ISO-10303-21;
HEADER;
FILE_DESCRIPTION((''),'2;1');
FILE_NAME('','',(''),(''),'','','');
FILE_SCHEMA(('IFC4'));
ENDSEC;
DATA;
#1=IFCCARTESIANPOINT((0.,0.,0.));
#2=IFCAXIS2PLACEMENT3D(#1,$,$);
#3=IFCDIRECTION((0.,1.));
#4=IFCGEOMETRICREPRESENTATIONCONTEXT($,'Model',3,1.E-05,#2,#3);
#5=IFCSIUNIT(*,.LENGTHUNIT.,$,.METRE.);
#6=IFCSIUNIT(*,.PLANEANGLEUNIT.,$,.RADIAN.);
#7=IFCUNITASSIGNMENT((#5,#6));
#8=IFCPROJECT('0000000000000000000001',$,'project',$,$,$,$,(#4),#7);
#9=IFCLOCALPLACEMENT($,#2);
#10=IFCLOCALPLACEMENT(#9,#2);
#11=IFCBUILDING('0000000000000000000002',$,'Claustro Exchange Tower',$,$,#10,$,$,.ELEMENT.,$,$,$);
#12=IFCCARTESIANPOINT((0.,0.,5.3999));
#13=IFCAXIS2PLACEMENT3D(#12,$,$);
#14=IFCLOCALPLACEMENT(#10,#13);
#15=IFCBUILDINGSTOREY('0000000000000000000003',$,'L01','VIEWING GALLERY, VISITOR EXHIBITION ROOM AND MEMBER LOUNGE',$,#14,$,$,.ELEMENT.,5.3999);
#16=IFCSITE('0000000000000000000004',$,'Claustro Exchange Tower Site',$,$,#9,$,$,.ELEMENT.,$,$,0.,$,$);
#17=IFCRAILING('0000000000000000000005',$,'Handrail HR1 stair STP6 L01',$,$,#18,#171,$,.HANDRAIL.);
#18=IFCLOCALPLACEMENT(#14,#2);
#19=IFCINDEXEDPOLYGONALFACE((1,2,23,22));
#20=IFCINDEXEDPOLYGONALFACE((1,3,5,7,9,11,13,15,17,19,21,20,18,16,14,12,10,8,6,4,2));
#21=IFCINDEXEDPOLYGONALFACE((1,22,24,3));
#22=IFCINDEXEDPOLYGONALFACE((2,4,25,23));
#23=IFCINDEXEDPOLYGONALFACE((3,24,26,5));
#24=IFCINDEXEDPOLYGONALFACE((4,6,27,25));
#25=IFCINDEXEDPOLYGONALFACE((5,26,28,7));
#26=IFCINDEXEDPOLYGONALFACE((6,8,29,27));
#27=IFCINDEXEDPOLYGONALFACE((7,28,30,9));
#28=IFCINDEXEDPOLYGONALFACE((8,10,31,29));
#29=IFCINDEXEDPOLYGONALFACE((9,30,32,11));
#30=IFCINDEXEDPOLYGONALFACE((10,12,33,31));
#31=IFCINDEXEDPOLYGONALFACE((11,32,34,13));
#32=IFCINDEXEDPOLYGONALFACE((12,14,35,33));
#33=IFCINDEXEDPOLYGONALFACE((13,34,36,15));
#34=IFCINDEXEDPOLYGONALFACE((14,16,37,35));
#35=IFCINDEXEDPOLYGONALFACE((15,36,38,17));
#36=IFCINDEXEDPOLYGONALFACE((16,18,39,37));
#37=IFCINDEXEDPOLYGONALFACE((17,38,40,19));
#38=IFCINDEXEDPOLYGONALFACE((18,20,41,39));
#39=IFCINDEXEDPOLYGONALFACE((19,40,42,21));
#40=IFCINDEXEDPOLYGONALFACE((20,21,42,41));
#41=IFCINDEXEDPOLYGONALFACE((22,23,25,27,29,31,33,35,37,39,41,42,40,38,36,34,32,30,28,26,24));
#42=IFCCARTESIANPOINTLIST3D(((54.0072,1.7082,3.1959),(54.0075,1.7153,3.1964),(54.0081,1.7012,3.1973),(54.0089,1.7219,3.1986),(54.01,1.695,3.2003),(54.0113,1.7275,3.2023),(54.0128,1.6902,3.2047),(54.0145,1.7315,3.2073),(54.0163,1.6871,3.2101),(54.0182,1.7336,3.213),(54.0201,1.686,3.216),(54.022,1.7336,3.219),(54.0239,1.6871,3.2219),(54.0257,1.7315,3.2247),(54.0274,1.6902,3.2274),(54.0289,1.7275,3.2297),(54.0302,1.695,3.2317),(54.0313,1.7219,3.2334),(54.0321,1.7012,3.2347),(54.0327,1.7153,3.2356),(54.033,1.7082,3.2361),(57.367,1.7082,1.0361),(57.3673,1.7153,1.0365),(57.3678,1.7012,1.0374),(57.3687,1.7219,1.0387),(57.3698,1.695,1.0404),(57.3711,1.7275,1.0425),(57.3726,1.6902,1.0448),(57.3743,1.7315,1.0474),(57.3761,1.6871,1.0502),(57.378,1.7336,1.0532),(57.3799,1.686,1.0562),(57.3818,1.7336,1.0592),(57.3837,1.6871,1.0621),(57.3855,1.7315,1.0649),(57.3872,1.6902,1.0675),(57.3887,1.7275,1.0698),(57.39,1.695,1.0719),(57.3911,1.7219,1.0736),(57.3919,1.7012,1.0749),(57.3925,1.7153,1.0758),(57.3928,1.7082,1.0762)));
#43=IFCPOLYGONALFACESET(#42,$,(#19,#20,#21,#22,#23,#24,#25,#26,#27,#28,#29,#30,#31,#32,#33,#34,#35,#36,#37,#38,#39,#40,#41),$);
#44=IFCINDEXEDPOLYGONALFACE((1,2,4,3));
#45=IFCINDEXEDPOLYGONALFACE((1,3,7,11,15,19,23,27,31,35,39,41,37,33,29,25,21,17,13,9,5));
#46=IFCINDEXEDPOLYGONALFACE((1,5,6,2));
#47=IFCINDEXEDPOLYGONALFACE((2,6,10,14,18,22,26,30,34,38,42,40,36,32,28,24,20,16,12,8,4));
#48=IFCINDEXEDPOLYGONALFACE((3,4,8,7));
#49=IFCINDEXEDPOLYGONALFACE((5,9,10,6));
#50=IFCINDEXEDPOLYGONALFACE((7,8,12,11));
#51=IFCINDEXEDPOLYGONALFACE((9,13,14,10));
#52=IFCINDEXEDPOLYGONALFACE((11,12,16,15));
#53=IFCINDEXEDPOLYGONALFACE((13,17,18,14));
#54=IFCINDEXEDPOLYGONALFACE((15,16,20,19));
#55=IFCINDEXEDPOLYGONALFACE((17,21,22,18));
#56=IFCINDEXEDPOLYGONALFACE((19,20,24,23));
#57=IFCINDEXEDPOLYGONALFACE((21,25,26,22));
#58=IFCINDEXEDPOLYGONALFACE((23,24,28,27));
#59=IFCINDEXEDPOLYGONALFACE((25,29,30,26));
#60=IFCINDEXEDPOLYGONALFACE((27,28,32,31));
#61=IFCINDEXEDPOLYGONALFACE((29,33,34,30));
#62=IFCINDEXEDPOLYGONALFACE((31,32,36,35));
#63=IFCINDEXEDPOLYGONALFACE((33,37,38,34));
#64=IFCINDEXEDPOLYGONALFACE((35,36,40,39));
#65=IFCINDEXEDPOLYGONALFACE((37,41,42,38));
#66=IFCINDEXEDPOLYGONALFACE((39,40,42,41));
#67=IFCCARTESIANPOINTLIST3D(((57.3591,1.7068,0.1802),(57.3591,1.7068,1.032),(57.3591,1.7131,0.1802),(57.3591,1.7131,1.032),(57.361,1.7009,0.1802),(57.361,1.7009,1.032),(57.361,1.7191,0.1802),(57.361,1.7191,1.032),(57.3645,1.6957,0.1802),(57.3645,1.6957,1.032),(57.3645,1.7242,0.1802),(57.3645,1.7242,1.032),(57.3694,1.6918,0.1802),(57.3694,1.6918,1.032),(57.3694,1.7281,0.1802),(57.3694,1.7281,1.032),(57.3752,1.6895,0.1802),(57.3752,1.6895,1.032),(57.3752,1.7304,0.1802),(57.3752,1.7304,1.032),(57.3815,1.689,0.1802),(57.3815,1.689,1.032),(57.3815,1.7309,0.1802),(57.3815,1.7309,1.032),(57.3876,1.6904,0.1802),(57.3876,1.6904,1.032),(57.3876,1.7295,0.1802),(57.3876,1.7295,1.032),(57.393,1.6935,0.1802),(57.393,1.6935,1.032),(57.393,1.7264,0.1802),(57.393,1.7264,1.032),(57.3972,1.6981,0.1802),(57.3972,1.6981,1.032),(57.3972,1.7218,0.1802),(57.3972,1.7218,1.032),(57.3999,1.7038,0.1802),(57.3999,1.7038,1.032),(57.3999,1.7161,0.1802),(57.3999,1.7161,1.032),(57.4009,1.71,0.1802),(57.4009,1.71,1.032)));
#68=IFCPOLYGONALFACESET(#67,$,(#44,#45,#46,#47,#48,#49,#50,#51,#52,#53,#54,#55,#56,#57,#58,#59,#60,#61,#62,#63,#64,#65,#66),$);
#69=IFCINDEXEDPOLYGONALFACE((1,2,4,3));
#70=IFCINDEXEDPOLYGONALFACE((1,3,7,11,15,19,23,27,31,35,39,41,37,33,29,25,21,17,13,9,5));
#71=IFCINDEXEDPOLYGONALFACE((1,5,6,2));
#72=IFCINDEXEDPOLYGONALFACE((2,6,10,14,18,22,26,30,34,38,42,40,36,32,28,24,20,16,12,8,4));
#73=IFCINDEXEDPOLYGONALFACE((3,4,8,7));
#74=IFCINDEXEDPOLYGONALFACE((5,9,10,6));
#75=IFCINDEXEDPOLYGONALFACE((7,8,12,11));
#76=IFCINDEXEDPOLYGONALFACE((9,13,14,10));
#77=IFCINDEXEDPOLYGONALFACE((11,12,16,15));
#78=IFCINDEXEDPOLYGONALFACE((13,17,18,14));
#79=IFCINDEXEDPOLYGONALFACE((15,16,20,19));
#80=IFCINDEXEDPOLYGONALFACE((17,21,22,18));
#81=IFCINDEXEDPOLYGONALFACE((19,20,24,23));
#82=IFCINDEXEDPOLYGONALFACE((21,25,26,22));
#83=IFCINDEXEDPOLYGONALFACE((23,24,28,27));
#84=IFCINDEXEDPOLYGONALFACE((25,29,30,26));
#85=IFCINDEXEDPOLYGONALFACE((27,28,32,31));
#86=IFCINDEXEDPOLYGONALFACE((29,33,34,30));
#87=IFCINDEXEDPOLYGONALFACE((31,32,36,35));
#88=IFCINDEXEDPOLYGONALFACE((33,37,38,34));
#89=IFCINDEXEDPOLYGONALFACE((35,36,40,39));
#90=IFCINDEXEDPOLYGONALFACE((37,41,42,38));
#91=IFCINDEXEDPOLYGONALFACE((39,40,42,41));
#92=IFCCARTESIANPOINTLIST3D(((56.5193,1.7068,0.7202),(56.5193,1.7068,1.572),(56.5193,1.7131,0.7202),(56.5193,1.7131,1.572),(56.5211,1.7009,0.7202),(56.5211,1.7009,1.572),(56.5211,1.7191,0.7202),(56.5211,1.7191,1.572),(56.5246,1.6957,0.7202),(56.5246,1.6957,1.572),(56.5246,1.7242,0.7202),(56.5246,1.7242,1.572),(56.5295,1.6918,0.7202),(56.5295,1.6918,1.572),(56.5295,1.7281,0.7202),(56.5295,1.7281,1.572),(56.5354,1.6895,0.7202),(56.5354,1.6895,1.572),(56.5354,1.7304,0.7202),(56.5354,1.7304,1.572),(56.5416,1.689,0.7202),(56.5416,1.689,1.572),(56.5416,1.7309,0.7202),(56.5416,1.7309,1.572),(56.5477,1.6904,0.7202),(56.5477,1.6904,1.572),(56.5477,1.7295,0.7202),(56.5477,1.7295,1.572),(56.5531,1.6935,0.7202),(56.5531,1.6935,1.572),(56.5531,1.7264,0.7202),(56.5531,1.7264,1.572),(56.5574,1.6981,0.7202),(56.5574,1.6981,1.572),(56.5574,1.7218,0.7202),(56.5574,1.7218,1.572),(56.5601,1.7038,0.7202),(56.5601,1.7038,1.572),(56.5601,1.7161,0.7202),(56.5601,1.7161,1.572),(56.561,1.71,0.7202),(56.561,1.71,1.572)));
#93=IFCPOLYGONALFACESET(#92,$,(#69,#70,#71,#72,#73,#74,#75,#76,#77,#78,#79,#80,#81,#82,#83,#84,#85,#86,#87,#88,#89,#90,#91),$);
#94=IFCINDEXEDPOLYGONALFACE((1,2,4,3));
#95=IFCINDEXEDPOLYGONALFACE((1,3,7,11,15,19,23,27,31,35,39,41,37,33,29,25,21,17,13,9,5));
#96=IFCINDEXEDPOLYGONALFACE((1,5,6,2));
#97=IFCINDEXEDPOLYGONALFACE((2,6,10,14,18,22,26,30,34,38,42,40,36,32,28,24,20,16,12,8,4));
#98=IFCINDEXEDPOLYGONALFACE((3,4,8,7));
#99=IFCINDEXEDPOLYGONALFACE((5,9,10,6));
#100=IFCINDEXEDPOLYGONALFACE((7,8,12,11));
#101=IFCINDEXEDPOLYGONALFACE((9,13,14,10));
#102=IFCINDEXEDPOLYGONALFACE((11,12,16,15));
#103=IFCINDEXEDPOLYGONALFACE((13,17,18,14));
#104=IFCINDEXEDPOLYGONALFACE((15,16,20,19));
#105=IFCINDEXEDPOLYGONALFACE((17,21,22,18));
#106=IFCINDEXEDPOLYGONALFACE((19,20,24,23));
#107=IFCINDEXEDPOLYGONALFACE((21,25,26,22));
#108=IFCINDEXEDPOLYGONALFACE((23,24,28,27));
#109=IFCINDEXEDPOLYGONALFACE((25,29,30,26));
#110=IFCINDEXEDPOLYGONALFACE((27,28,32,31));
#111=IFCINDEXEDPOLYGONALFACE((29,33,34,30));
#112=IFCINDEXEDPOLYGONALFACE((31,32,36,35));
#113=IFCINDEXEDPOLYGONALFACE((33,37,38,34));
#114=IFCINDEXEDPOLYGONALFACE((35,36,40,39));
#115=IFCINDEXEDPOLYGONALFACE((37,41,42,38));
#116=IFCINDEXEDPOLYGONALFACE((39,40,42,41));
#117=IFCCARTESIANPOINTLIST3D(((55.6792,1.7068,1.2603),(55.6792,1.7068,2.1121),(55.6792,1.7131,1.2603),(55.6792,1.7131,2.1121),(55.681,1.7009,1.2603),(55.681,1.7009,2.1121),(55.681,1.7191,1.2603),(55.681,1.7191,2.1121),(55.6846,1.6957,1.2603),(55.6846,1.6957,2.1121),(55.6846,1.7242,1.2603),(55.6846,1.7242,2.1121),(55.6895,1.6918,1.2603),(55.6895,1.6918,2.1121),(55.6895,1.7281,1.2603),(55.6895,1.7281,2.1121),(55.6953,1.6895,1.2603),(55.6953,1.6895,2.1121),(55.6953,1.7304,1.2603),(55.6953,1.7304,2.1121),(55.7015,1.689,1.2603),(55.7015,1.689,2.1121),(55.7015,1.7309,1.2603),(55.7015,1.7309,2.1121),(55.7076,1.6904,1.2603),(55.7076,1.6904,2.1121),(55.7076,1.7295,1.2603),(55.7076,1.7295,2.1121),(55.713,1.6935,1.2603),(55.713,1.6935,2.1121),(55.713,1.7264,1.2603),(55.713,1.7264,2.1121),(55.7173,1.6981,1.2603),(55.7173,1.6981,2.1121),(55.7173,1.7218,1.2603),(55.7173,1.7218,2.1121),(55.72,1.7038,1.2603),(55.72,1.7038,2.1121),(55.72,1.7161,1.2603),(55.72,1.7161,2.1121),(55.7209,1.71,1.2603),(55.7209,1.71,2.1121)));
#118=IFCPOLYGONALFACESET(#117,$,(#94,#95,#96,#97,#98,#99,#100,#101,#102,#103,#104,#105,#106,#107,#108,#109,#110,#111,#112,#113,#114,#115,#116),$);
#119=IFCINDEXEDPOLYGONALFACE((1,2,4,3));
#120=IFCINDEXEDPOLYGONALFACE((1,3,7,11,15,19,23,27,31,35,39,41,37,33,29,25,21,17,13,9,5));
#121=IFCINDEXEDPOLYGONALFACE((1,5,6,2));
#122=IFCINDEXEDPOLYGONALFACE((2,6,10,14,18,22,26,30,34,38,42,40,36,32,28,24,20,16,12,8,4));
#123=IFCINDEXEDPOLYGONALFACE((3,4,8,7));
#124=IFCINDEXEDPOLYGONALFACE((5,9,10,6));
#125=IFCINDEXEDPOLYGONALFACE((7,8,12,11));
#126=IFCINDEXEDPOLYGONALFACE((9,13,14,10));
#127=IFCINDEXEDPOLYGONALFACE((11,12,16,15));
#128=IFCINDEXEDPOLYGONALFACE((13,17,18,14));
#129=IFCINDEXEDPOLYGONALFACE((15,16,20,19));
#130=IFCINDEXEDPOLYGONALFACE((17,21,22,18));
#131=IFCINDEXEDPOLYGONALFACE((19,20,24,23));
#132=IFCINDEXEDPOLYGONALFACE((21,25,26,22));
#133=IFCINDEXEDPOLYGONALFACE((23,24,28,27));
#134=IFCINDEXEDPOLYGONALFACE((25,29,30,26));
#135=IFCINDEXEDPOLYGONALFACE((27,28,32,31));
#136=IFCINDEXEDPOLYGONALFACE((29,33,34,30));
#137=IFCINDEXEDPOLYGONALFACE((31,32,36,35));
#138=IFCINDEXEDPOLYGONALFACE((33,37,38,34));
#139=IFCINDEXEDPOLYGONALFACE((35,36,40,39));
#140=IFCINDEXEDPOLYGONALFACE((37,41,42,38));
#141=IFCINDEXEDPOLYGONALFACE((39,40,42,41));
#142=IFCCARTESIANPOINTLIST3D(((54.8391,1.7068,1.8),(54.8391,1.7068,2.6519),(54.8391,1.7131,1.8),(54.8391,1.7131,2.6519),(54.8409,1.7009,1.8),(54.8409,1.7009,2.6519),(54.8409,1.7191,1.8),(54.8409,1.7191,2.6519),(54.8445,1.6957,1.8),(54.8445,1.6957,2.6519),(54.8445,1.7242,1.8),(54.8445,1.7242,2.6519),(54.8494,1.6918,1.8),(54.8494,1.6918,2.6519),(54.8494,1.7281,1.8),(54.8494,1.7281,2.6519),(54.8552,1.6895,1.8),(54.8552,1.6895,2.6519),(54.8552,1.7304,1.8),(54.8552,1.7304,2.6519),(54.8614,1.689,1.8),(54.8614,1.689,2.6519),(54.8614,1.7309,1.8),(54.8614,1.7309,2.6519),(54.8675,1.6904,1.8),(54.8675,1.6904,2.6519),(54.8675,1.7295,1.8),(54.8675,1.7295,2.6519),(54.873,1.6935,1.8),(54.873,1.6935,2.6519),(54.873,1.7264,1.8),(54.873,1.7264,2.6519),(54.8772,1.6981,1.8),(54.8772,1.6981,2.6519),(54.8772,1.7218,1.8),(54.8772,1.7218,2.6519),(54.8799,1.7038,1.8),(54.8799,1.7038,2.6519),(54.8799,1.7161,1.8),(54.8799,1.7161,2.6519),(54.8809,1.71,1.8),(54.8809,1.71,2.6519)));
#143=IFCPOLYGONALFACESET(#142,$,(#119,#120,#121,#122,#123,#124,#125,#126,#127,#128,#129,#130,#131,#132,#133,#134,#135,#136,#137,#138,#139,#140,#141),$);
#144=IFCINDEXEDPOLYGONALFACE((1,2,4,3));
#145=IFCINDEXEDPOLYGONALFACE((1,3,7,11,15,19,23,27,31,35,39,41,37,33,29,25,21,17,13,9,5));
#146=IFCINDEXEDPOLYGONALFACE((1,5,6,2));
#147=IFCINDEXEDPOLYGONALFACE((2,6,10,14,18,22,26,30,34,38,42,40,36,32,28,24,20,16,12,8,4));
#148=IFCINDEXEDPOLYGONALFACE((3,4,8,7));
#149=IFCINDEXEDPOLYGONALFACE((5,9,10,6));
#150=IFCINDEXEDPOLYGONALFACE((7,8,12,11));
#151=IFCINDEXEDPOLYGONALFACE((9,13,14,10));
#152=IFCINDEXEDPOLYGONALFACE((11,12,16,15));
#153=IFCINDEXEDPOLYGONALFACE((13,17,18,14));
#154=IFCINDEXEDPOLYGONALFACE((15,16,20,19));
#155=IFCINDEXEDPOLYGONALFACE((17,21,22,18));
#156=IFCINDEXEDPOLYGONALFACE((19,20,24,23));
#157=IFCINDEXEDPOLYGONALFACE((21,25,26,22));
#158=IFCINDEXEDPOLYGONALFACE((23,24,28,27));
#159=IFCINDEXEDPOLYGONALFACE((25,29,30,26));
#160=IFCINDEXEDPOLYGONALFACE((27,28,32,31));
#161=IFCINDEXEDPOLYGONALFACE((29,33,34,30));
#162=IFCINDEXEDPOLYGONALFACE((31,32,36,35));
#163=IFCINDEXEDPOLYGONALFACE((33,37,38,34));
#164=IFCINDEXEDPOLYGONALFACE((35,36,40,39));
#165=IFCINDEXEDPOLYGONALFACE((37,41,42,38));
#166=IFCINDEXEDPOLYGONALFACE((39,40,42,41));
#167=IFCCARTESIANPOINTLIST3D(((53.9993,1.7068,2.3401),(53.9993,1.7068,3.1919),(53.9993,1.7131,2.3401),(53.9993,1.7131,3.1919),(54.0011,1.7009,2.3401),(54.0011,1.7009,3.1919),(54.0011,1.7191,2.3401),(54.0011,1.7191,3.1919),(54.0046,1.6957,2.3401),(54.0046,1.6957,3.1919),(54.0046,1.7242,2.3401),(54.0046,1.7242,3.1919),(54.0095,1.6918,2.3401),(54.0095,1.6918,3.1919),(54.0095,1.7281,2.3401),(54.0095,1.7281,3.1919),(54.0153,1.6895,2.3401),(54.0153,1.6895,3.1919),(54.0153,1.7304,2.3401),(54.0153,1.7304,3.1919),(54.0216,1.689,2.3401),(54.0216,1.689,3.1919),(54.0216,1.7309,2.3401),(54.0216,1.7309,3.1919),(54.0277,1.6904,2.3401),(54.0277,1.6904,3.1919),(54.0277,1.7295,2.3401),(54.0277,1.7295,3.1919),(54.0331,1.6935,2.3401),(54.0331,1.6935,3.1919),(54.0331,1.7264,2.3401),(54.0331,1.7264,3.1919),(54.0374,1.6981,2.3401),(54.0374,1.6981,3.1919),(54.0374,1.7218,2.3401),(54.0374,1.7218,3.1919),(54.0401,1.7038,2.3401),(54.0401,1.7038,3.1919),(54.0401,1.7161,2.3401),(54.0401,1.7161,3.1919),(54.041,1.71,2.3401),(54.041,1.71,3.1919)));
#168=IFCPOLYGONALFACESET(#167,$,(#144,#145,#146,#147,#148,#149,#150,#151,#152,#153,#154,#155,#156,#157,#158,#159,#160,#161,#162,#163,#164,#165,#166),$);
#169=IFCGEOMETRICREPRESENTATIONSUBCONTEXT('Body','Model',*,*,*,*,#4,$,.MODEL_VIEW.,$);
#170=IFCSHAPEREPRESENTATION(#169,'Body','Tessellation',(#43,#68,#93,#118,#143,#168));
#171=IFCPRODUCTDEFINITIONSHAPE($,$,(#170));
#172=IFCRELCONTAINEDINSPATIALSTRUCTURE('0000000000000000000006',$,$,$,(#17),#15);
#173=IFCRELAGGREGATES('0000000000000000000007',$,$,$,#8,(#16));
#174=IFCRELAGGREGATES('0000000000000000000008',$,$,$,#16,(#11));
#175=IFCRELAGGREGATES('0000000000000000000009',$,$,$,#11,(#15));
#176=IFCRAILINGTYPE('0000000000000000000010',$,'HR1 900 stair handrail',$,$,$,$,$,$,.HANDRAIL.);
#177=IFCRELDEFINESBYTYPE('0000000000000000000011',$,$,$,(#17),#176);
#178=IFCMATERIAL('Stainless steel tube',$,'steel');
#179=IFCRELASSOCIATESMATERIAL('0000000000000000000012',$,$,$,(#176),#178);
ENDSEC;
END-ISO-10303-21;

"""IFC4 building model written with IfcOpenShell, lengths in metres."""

from ifc_helpers import new_model, si_unit, direction, frame, origin, origin_2d, place, context, subcontext, project, spatial, circle, extrude, material, type_object, element, save


model = new_model("IFC4")

# Units and contexts
model_context = context("Model", 3, precision=1e-05, world=origin(), true_north=direction((0.0, 1.0)))
body_context = subcontext(model_context, "Body", "Model", "MODEL_VIEW")
ifc_project = project(units=[si_unit("LENGTHUNIT", "METRE"), si_unit("PLANEANGLEUNIT", "RADIAN")], contexts=[model_context])

# Site, building, storey
site_placement = place(None, origin())
site = spatial("IfcSite", under=ifc_project, at=site_placement, Name="Claustro Exchange Tower Site", CompositionType="ELEMENT", RefElevation=0.0)
building_placement = place(site_placement, origin())
building = spatial("IfcBuilding", under=site, at=building_placement, Name="Claustro Exchange Tower", CompositionType="ELEMENT")
storey_placement = place(building_placement, frame((0.0, 0.0, 5.3999)))
storey = spatial("IfcBuildingStorey", under=building, at=storey_placement, Name="L01", Description="VIEWING GALLERY, VISITOR EXHIBITION ROOM AND MEMBER LOUNGE", CompositionType="ELEMENT", Elevation=5.3999)

# Railing
ifc_material_1 = material(Name="Stainless steel tube", Category="steel")
railing_type_1 = type_object("IfcRailingType", Name="HR1 900 stair handrail", PredefinedType="HANDRAIL", material=ifc_material_1)
railing_1_placement = place(storey_placement, frame((57.3799, 1.71, 0.1802)))
element("IfcRailing", 1, at=railing_1_placement, inside=storey, type_object=railing_type_1, Name="Handrail HR1 stair STP6 L01", PredefinedType="HANDRAIL", context=body_context, shape_type="SweptSolid", body=[
    extrude(circle(Radius=0.0239, at=origin_2d()), frame((0.0, 0.0, 0.876), z_axis=(-0.841178, 0.0, 0.540758), x_axis=(0.0, -1.0, 0.0)), (0.0, 0.0, 1.0), 3.9941),
    extrude(circle(Radius=0.021, at=origin_2d()), origin(), (0.0, 0.0, 1.0), 0.8518),
    extrude(circle(Radius=0.021, at=origin_2d()), frame((-0.8398, 0.0, 0.54)), (0.0, 0.0, 1.0), 0.8518),
    extrude(circle(Radius=0.021, at=origin_2d()), frame((-1.6799, 0.0, 1.0801)), (0.0, 0.0, 1.0), 0.8518),
    extrude(circle(Radius=0.021, at=origin_2d()), frame((-2.52, 0.0, 1.6199)), (0.0, 0.0, 1.0), 0.8518),
    extrude(circle(Radius=0.021, at=origin_2d()), frame((-3.3599, 0.0, 2.1599)), (0.0, 0.0, 1.0), 0.8518),
])

save(model, "model.ifc")
